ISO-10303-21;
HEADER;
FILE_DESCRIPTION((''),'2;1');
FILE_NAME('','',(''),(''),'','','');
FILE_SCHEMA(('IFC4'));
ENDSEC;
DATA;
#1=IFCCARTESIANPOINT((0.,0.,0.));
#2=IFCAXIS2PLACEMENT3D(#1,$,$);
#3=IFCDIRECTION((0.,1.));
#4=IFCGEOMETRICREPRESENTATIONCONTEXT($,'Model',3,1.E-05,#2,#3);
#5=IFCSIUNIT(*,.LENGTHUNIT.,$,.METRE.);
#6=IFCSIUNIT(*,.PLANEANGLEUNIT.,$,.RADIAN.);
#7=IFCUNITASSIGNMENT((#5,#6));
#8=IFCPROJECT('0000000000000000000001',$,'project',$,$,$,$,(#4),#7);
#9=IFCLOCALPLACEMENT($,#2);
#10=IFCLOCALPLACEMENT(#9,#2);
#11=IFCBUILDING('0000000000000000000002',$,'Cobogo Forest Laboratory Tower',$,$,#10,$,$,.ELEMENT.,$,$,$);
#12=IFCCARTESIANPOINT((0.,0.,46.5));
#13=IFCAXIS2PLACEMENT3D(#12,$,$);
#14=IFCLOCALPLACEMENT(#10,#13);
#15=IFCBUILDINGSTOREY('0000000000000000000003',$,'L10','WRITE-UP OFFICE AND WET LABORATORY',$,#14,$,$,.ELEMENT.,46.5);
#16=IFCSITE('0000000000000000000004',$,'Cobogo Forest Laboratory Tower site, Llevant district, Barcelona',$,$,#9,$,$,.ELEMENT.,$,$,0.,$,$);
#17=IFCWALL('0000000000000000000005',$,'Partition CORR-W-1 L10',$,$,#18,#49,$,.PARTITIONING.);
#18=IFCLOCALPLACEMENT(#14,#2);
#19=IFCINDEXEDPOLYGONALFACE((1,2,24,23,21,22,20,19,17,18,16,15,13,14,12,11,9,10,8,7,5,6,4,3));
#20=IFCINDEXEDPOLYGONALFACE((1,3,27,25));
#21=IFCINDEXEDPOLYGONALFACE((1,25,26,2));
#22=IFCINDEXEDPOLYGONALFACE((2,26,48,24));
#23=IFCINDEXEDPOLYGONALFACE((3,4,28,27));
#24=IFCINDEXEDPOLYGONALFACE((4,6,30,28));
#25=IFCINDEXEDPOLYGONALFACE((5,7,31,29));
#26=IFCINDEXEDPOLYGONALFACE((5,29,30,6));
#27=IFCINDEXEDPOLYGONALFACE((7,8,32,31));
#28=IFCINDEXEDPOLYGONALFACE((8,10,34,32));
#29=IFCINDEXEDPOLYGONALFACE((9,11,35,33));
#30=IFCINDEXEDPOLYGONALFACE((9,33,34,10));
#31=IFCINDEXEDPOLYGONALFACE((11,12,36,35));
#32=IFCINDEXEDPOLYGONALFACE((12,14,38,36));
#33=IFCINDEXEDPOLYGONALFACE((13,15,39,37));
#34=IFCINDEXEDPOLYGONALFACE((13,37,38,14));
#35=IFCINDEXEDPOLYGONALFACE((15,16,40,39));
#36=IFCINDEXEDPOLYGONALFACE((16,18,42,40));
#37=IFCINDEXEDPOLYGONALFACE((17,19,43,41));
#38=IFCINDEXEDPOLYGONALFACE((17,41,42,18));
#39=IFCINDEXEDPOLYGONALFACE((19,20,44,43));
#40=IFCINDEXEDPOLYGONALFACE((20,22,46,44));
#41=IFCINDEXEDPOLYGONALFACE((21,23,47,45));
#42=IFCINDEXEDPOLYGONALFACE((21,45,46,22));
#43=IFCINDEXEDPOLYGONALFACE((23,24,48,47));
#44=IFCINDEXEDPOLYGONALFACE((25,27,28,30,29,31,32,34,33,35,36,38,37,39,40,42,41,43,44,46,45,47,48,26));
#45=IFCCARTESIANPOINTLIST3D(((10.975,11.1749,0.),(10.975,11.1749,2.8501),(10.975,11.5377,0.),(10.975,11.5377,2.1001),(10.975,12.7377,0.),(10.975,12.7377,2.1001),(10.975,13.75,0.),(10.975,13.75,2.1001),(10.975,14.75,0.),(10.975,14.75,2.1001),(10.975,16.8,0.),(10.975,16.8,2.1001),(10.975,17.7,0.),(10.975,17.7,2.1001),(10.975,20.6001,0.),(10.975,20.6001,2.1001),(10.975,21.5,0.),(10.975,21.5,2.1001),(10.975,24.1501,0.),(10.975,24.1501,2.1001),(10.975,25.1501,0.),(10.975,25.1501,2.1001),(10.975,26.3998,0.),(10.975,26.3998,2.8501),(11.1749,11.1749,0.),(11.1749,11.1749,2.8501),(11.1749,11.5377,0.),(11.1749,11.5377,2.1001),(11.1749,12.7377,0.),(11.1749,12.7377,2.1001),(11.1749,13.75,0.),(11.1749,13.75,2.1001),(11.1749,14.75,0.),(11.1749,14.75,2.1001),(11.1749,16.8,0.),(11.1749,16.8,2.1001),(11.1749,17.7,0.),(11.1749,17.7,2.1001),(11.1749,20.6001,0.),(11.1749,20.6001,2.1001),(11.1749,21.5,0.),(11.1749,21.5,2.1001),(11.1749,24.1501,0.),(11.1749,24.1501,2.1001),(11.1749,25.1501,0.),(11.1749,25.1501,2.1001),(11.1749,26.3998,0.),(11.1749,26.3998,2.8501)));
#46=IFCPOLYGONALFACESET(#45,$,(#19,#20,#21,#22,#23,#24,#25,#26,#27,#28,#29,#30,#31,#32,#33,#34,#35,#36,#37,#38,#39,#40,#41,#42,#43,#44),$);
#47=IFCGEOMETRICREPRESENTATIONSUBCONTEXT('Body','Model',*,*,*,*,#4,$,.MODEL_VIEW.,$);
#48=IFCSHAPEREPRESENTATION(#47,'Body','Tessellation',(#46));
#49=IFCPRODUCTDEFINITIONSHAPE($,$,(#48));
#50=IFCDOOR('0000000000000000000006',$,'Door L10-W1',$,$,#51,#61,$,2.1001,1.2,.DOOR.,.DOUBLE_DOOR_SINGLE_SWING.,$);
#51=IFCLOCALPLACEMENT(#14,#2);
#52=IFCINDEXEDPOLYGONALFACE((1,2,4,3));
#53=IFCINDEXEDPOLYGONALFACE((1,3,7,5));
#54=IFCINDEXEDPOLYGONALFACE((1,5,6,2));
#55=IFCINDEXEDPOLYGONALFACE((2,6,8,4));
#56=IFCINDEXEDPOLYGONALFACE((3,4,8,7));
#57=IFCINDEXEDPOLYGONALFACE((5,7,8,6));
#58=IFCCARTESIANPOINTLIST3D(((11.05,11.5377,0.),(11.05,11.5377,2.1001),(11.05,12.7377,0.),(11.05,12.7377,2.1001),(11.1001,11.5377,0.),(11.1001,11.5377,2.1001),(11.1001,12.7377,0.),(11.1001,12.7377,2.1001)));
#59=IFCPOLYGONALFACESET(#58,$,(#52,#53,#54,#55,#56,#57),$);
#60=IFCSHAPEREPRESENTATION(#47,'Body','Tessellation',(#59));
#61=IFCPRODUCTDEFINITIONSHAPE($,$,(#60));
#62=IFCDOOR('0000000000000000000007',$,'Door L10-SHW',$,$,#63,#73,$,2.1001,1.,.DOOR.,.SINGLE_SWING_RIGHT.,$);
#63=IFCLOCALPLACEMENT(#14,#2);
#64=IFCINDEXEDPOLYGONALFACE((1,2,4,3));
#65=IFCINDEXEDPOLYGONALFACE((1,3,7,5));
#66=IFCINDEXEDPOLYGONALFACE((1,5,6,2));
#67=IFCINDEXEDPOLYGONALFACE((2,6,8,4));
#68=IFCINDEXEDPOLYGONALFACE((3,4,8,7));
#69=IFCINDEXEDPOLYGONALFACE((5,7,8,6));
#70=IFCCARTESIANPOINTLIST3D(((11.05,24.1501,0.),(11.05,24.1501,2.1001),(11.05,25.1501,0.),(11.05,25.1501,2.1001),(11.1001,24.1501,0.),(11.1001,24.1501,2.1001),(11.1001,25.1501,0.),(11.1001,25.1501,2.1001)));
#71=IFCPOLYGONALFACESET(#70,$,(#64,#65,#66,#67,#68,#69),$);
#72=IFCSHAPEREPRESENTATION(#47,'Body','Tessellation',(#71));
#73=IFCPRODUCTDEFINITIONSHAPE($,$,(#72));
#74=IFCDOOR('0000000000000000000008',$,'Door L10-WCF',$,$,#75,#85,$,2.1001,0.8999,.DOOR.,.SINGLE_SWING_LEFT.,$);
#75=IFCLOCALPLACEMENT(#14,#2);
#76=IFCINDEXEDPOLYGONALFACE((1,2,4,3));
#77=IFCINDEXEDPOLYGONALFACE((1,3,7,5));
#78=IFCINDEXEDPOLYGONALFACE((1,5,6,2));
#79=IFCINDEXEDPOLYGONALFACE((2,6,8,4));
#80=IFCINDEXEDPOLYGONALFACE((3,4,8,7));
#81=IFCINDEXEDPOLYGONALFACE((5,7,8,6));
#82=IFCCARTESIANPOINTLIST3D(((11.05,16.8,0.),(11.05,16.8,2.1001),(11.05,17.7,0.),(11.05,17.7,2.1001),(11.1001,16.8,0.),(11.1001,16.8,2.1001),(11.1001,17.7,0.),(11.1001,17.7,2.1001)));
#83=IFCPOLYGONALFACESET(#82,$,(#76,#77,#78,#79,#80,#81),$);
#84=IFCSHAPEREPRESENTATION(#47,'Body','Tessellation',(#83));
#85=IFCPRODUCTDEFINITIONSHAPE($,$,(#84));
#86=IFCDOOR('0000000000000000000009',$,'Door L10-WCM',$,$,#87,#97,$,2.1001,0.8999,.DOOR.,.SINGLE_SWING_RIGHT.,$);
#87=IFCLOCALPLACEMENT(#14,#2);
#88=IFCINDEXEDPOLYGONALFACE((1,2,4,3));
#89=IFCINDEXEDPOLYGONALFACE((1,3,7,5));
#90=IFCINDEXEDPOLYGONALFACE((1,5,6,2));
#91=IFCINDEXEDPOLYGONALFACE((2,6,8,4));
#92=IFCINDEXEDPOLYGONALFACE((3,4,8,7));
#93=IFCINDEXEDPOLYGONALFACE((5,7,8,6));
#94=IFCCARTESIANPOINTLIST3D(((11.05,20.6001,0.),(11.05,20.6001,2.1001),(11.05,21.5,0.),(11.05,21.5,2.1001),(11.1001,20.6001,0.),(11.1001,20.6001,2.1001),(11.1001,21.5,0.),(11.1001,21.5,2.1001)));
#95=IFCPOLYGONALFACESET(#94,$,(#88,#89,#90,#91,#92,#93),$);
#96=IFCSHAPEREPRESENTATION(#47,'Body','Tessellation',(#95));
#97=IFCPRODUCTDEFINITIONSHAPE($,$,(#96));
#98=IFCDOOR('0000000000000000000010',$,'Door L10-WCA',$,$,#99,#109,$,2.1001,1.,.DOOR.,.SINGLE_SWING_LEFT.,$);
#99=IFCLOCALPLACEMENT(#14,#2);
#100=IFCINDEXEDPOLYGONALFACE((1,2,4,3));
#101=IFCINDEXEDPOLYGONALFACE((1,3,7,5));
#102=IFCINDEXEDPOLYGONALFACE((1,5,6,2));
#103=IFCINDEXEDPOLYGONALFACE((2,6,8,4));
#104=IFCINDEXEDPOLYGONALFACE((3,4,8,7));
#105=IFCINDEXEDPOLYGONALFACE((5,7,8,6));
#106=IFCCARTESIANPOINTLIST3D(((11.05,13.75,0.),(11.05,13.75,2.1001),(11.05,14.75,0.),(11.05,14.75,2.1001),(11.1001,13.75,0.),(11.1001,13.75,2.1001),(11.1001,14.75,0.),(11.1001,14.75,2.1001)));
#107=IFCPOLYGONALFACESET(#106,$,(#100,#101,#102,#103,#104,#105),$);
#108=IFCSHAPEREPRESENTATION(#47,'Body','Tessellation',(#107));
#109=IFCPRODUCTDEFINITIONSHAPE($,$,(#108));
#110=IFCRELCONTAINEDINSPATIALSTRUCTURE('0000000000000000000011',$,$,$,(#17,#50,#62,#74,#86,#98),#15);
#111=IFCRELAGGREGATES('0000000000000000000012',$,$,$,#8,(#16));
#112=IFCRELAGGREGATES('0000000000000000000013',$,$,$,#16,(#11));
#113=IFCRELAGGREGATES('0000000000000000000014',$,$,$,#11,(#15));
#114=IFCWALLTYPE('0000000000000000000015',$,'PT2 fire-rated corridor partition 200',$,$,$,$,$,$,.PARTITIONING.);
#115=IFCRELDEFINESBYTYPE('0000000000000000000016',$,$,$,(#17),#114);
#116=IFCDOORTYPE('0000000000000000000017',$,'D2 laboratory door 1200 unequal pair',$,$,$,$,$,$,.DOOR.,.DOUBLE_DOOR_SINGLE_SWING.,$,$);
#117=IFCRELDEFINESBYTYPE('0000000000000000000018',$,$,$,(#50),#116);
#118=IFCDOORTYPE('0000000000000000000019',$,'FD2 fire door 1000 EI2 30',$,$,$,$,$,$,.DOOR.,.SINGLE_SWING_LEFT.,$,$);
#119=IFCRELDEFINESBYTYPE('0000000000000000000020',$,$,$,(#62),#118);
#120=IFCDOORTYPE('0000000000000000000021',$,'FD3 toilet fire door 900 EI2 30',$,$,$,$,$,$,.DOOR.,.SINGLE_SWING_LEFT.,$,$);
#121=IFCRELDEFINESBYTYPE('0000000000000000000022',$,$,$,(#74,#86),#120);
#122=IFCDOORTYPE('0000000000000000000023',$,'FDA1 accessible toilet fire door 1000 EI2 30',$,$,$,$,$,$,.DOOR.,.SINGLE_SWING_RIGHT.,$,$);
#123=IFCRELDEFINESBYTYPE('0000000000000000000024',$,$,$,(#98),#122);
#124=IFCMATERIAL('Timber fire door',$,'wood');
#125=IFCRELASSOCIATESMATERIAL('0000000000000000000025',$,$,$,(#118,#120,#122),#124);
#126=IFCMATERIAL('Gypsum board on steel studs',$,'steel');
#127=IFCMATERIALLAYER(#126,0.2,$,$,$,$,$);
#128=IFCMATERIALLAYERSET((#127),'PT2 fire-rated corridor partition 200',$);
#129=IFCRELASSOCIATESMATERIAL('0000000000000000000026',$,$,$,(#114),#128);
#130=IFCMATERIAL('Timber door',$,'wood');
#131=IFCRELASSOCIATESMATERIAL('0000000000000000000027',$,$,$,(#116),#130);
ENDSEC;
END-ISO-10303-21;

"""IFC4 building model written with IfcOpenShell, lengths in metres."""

from ifc_helpers import new_model, si_unit, direction, frame, frame_2d, origin, place, context, subcontext, project, spatial, rectangle, extrude, material, layer, layer_set, type_object, element, fill, save


model = new_model("IFC4")

# Units and contexts
model_context = context("Model", 3, precision=1e-05, world=origin(), true_north=direction((0.0, 1.0)))
body_context = subcontext(model_context, "Body", "Model", "MODEL_VIEW")
ifc_project = project(units=[si_unit("LENGTHUNIT", "METRE"), si_unit("PLANEANGLEUNIT", "RADIAN")], contexts=[model_context])

# Site, building, storey
site_placement = place(None, origin())
site = spatial("IfcSite", under=ifc_project, at=site_placement, Name="Cobogo Forest Laboratory Tower site, Llevant district, Barcelona", CompositionType="ELEMENT", RefElevation=0.0)
building_placement = place(site_placement, origin())
building = spatial("IfcBuilding", under=site, at=building_placement, Name="Cobogo Forest Laboratory Tower", CompositionType="ELEMENT")
storey_placement = place(building_placement, frame((0.0, 0.0, 46.5)))
storey = spatial("IfcBuildingStorey", under=building, at=storey_placement, Name="L10", Description="WRITE-UP OFFICE AND WET LABORATORY", CompositionType="ELEMENT", Elevation=46.5)

# Shared definitions
ifc_material_1 = material(Name="Gypsum board on steel studs", Category="steel")
ifc_material_2 = material(Name="Timber fire door", Category="wood")
door_type_1 = type_object("IfcDoorType", Name="FD2 fire door 1000 EI2 30", OperationType="SINGLE_SWING_LEFT", PredefinedType="DOOR", material=ifc_material_2)

# Wall, openings, doors
ifc_layer_1 = layer(ifc_material_1, 0.2)
ifc_layer_set_1 = layer_set([ifc_layer_1], Name="PT2 fire-rated corridor partition 200")
wall_type_1 = type_object("IfcWallType", Name="PT2 fire-rated corridor partition 200", PredefinedType="PARTITIONING", material=ifc_layer_set_1)
ifc_material_3 = material(Name="Timber door", Category="wood")
door_type_2 = type_object("IfcDoorType", Name="D2 laboratory door 1200 unequal pair", OperationType="DOUBLE_DOOR_SINGLE_SWING", PredefinedType="DOOR", material=ifc_material_3)
wall_1_placement = place(storey_placement, frame((11.075, 11.175, 0.0), z_axis=(0.0, 0.0, 1.0), x_axis=(0.0, 1.0, 0.0)))
wall_1 = element("IfcWall", 1, at=wall_1_placement, inside=storey, type_object=wall_type_1, Name="Partition CORR-W-1 L10", PredefinedType="PARTITIONING", context=body_context, shape_type="SweptSolid", body=[
    extrude(rectangle(XDim=15.2249, YDim=0.2, at=frame_2d((7.6123, 0.0))), origin(), (0.0, 0.0, 1.0), 2.8501),
])
opening_1_placement = place(wall_1_placement, frame((0.3625, 0.0, 0.0)))
opening_1 = element("IfcOpeningElement", 2, at=opening_1_placement, cuts=wall_1, PredefinedType="OPENING", context=body_context, shape_type="SweptSolid", body=[
    extrude(rectangle(XDim=1.2, YDim=2.1001, at=frame_2d((0.6001, 1.05))), frame((0.0, 0.1099, 0.0), z_axis=(0.0, -1.0, 0.0), x_axis=(1.0, 0.0, 0.0)), (0.0, 0.0, 1.0), 0.22),
])
opening_2_placement = place(wall_1_placement, frame((2.575, 0.0, 0.0)))
opening_2 = element("IfcOpeningElement", 3, at=opening_2_placement, cuts=wall_1, PredefinedType="OPENING", context=body_context, shape_type="SweptSolid", body=[
    extrude(rectangle(XDim=1.0, YDim=2.1001, at=frame_2d((0.5, 1.05))), frame((0.0, 0.1099, 0.0), z_axis=(0.0, -1.0, 0.0), x_axis=(1.0, 0.0, 0.0)), (0.0, 0.0, 1.0), 0.22),
])
opening_3_placement = place(wall_1_placement, frame((5.625, 0.0, 0.0)))
opening_3 = element("IfcOpeningElement", 4, at=opening_3_placement, cuts=wall_1, PredefinedType="OPENING", context=body_context, shape_type="SweptSolid", body=[
    extrude(rectangle(XDim=0.8999, YDim=2.1001, at=frame_2d((0.45, 1.05))), frame((0.0, 0.1099, 0.0), z_axis=(0.0, -1.0, 0.0), x_axis=(1.0, 0.0, 0.0)), (0.0, 0.0, 1.0), 0.22),
])
opening_4_placement = place(wall_1_placement, frame((9.425, 0.0, 0.0)))
opening_4 = element("IfcOpeningElement", 5, at=opening_4_placement, cuts=wall_1, PredefinedType="OPENING", context=body_context, shape_type="SweptSolid", body=[
    extrude(rectangle(XDim=0.8999, YDim=2.1001, at=frame_2d((0.45, 1.05))), frame((0.0, 0.1099, 0.0), z_axis=(0.0, -1.0, 0.0), x_axis=(1.0, 0.0, 0.0)), (0.0, 0.0, 1.0), 0.22),
])
opening_5_placement = place(wall_1_placement, frame((12.9751, 0.0, 0.0)))
opening_5 = element("IfcOpeningElement", 6, at=opening_5_placement, cuts=wall_1, PredefinedType="OPENING", context=body_context, shape_type="SweptSolid", body=[
    extrude(rectangle(XDim=1.0, YDim=2.1001, at=frame_2d((0.5, 1.05))), frame((0.0, 0.1099, 0.0), z_axis=(0.0, -1.0, 0.0), x_axis=(1.0, 0.0, 0.0)), (0.0, 0.0, 1.0), 0.22),
])
door_1_placement = place(opening_1_placement, origin())
door_1 = element("IfcDoor", 7, at=door_1_placement, inside=storey, type_object=door_type_2, Name="Door L10-W1", OperationType="DOUBLE_DOOR_SINGLE_SWING", OverallHeight=2.1001, OverallWidth=1.2, PredefinedType="DOOR", context=body_context, shape_type="SweptSolid", body=[
    extrude(rectangle(XDim=1.2, YDim=2.1001, at=frame_2d((0.6001, 1.05))), frame((0.0, 0.0249, 0.0), z_axis=(0.0, -1.0, 0.0), x_axis=(1.0, 0.0, 0.0)), (0.0, 0.0, 1.0), 0.05),
])
fill(opening_1, door_1)
door_2_placement = place(opening_5_placement, origin())
door_2 = element("IfcDoor", 8, at=door_2_placement, inside=storey, type_object=door_type_1, Name="Door L10-SHW", OperationType="SINGLE_SWING_RIGHT", OverallHeight=2.1001, OverallWidth=1.0, PredefinedType="DOOR", context=body_context, shape_type="SweptSolid", body=[
    extrude(rectangle(XDim=1.0, YDim=2.1001, at=frame_2d((0.5, 1.05))), frame((0.0, 0.0249, 0.0), z_axis=(0.0, -1.0, 0.0), x_axis=(1.0, 0.0, 0.0)), (0.0, 0.0, 1.0), 0.05),
])
fill(opening_5, door_2)
door_type_3 = type_object("IfcDoorType", Name="FD3 toilet fire door 900 EI2 30", OperationType="SINGLE_SWING_LEFT", PredefinedType="DOOR", material=ifc_material_2)
door_3_placement = place(opening_3_placement, origin())
door_3 = element("IfcDoor", 9, at=door_3_placement, inside=storey, type_object=door_type_3, Name="Door L10-WCF", OperationType="SINGLE_SWING_LEFT", OverallHeight=2.1001, OverallWidth=0.8999, PredefinedType="DOOR", context=body_context, shape_type="SweptSolid", body=[
    extrude(rectangle(XDim=0.8999, YDim=2.1001, at=frame_2d((0.45, 1.05))), frame((0.0, 0.0249, 0.0), z_axis=(0.0, -1.0, 0.0), x_axis=(1.0, 0.0, 0.0)), (0.0, 0.0, 1.0), 0.05),
])
fill(opening_3, door_3)
door_4_placement = place(opening_4_placement, origin())
door_4 = element("IfcDoor", 10, at=door_4_placement, inside=storey, type_object=door_type_3, Name="Door L10-WCM", OperationType="SINGLE_SWING_RIGHT", OverallHeight=2.1001, OverallWidth=0.8999, PredefinedType="DOOR", context=body_context, shape_type="SweptSolid", body=[
    extrude(rectangle(XDim=0.8999, YDim=2.1001, at=frame_2d((0.45, 1.05))), frame((0.0, 0.0249, 0.0), z_axis=(0.0, -1.0, 0.0), x_axis=(1.0, 0.0, 0.0)), (0.0, 0.0, 1.0), 0.05),
])
fill(opening_4, door_4)
door_type_4 = type_object("IfcDoorType", Name="FDA1 accessible toilet fire door 1000 EI2 30", OperationType="SINGLE_SWING_RIGHT", PredefinedType="DOOR", material=ifc_material_2)
door_5_placement = place(opening_2_placement, origin())
door_5 = element("IfcDoor", 11, at=door_5_placement, inside=storey, type_object=door_type_4, Name="Door L10-WCA", OperationType="SINGLE_SWING_LEFT", OverallHeight=2.1001, OverallWidth=1.0, PredefinedType="DOOR", context=body_context, shape_type="SweptSolid", body=[
    extrude(rectangle(XDim=1.0, YDim=2.1001, at=frame_2d((0.5, 1.05))), frame((0.0, 0.0249, 0.0), z_axis=(0.0, -1.0, 0.0), x_axis=(1.0, 0.0, 0.0)), (0.0, 0.0, 1.0), 0.05),
])
fill(opening_2, door_5)

save(model, "model.ifc")
